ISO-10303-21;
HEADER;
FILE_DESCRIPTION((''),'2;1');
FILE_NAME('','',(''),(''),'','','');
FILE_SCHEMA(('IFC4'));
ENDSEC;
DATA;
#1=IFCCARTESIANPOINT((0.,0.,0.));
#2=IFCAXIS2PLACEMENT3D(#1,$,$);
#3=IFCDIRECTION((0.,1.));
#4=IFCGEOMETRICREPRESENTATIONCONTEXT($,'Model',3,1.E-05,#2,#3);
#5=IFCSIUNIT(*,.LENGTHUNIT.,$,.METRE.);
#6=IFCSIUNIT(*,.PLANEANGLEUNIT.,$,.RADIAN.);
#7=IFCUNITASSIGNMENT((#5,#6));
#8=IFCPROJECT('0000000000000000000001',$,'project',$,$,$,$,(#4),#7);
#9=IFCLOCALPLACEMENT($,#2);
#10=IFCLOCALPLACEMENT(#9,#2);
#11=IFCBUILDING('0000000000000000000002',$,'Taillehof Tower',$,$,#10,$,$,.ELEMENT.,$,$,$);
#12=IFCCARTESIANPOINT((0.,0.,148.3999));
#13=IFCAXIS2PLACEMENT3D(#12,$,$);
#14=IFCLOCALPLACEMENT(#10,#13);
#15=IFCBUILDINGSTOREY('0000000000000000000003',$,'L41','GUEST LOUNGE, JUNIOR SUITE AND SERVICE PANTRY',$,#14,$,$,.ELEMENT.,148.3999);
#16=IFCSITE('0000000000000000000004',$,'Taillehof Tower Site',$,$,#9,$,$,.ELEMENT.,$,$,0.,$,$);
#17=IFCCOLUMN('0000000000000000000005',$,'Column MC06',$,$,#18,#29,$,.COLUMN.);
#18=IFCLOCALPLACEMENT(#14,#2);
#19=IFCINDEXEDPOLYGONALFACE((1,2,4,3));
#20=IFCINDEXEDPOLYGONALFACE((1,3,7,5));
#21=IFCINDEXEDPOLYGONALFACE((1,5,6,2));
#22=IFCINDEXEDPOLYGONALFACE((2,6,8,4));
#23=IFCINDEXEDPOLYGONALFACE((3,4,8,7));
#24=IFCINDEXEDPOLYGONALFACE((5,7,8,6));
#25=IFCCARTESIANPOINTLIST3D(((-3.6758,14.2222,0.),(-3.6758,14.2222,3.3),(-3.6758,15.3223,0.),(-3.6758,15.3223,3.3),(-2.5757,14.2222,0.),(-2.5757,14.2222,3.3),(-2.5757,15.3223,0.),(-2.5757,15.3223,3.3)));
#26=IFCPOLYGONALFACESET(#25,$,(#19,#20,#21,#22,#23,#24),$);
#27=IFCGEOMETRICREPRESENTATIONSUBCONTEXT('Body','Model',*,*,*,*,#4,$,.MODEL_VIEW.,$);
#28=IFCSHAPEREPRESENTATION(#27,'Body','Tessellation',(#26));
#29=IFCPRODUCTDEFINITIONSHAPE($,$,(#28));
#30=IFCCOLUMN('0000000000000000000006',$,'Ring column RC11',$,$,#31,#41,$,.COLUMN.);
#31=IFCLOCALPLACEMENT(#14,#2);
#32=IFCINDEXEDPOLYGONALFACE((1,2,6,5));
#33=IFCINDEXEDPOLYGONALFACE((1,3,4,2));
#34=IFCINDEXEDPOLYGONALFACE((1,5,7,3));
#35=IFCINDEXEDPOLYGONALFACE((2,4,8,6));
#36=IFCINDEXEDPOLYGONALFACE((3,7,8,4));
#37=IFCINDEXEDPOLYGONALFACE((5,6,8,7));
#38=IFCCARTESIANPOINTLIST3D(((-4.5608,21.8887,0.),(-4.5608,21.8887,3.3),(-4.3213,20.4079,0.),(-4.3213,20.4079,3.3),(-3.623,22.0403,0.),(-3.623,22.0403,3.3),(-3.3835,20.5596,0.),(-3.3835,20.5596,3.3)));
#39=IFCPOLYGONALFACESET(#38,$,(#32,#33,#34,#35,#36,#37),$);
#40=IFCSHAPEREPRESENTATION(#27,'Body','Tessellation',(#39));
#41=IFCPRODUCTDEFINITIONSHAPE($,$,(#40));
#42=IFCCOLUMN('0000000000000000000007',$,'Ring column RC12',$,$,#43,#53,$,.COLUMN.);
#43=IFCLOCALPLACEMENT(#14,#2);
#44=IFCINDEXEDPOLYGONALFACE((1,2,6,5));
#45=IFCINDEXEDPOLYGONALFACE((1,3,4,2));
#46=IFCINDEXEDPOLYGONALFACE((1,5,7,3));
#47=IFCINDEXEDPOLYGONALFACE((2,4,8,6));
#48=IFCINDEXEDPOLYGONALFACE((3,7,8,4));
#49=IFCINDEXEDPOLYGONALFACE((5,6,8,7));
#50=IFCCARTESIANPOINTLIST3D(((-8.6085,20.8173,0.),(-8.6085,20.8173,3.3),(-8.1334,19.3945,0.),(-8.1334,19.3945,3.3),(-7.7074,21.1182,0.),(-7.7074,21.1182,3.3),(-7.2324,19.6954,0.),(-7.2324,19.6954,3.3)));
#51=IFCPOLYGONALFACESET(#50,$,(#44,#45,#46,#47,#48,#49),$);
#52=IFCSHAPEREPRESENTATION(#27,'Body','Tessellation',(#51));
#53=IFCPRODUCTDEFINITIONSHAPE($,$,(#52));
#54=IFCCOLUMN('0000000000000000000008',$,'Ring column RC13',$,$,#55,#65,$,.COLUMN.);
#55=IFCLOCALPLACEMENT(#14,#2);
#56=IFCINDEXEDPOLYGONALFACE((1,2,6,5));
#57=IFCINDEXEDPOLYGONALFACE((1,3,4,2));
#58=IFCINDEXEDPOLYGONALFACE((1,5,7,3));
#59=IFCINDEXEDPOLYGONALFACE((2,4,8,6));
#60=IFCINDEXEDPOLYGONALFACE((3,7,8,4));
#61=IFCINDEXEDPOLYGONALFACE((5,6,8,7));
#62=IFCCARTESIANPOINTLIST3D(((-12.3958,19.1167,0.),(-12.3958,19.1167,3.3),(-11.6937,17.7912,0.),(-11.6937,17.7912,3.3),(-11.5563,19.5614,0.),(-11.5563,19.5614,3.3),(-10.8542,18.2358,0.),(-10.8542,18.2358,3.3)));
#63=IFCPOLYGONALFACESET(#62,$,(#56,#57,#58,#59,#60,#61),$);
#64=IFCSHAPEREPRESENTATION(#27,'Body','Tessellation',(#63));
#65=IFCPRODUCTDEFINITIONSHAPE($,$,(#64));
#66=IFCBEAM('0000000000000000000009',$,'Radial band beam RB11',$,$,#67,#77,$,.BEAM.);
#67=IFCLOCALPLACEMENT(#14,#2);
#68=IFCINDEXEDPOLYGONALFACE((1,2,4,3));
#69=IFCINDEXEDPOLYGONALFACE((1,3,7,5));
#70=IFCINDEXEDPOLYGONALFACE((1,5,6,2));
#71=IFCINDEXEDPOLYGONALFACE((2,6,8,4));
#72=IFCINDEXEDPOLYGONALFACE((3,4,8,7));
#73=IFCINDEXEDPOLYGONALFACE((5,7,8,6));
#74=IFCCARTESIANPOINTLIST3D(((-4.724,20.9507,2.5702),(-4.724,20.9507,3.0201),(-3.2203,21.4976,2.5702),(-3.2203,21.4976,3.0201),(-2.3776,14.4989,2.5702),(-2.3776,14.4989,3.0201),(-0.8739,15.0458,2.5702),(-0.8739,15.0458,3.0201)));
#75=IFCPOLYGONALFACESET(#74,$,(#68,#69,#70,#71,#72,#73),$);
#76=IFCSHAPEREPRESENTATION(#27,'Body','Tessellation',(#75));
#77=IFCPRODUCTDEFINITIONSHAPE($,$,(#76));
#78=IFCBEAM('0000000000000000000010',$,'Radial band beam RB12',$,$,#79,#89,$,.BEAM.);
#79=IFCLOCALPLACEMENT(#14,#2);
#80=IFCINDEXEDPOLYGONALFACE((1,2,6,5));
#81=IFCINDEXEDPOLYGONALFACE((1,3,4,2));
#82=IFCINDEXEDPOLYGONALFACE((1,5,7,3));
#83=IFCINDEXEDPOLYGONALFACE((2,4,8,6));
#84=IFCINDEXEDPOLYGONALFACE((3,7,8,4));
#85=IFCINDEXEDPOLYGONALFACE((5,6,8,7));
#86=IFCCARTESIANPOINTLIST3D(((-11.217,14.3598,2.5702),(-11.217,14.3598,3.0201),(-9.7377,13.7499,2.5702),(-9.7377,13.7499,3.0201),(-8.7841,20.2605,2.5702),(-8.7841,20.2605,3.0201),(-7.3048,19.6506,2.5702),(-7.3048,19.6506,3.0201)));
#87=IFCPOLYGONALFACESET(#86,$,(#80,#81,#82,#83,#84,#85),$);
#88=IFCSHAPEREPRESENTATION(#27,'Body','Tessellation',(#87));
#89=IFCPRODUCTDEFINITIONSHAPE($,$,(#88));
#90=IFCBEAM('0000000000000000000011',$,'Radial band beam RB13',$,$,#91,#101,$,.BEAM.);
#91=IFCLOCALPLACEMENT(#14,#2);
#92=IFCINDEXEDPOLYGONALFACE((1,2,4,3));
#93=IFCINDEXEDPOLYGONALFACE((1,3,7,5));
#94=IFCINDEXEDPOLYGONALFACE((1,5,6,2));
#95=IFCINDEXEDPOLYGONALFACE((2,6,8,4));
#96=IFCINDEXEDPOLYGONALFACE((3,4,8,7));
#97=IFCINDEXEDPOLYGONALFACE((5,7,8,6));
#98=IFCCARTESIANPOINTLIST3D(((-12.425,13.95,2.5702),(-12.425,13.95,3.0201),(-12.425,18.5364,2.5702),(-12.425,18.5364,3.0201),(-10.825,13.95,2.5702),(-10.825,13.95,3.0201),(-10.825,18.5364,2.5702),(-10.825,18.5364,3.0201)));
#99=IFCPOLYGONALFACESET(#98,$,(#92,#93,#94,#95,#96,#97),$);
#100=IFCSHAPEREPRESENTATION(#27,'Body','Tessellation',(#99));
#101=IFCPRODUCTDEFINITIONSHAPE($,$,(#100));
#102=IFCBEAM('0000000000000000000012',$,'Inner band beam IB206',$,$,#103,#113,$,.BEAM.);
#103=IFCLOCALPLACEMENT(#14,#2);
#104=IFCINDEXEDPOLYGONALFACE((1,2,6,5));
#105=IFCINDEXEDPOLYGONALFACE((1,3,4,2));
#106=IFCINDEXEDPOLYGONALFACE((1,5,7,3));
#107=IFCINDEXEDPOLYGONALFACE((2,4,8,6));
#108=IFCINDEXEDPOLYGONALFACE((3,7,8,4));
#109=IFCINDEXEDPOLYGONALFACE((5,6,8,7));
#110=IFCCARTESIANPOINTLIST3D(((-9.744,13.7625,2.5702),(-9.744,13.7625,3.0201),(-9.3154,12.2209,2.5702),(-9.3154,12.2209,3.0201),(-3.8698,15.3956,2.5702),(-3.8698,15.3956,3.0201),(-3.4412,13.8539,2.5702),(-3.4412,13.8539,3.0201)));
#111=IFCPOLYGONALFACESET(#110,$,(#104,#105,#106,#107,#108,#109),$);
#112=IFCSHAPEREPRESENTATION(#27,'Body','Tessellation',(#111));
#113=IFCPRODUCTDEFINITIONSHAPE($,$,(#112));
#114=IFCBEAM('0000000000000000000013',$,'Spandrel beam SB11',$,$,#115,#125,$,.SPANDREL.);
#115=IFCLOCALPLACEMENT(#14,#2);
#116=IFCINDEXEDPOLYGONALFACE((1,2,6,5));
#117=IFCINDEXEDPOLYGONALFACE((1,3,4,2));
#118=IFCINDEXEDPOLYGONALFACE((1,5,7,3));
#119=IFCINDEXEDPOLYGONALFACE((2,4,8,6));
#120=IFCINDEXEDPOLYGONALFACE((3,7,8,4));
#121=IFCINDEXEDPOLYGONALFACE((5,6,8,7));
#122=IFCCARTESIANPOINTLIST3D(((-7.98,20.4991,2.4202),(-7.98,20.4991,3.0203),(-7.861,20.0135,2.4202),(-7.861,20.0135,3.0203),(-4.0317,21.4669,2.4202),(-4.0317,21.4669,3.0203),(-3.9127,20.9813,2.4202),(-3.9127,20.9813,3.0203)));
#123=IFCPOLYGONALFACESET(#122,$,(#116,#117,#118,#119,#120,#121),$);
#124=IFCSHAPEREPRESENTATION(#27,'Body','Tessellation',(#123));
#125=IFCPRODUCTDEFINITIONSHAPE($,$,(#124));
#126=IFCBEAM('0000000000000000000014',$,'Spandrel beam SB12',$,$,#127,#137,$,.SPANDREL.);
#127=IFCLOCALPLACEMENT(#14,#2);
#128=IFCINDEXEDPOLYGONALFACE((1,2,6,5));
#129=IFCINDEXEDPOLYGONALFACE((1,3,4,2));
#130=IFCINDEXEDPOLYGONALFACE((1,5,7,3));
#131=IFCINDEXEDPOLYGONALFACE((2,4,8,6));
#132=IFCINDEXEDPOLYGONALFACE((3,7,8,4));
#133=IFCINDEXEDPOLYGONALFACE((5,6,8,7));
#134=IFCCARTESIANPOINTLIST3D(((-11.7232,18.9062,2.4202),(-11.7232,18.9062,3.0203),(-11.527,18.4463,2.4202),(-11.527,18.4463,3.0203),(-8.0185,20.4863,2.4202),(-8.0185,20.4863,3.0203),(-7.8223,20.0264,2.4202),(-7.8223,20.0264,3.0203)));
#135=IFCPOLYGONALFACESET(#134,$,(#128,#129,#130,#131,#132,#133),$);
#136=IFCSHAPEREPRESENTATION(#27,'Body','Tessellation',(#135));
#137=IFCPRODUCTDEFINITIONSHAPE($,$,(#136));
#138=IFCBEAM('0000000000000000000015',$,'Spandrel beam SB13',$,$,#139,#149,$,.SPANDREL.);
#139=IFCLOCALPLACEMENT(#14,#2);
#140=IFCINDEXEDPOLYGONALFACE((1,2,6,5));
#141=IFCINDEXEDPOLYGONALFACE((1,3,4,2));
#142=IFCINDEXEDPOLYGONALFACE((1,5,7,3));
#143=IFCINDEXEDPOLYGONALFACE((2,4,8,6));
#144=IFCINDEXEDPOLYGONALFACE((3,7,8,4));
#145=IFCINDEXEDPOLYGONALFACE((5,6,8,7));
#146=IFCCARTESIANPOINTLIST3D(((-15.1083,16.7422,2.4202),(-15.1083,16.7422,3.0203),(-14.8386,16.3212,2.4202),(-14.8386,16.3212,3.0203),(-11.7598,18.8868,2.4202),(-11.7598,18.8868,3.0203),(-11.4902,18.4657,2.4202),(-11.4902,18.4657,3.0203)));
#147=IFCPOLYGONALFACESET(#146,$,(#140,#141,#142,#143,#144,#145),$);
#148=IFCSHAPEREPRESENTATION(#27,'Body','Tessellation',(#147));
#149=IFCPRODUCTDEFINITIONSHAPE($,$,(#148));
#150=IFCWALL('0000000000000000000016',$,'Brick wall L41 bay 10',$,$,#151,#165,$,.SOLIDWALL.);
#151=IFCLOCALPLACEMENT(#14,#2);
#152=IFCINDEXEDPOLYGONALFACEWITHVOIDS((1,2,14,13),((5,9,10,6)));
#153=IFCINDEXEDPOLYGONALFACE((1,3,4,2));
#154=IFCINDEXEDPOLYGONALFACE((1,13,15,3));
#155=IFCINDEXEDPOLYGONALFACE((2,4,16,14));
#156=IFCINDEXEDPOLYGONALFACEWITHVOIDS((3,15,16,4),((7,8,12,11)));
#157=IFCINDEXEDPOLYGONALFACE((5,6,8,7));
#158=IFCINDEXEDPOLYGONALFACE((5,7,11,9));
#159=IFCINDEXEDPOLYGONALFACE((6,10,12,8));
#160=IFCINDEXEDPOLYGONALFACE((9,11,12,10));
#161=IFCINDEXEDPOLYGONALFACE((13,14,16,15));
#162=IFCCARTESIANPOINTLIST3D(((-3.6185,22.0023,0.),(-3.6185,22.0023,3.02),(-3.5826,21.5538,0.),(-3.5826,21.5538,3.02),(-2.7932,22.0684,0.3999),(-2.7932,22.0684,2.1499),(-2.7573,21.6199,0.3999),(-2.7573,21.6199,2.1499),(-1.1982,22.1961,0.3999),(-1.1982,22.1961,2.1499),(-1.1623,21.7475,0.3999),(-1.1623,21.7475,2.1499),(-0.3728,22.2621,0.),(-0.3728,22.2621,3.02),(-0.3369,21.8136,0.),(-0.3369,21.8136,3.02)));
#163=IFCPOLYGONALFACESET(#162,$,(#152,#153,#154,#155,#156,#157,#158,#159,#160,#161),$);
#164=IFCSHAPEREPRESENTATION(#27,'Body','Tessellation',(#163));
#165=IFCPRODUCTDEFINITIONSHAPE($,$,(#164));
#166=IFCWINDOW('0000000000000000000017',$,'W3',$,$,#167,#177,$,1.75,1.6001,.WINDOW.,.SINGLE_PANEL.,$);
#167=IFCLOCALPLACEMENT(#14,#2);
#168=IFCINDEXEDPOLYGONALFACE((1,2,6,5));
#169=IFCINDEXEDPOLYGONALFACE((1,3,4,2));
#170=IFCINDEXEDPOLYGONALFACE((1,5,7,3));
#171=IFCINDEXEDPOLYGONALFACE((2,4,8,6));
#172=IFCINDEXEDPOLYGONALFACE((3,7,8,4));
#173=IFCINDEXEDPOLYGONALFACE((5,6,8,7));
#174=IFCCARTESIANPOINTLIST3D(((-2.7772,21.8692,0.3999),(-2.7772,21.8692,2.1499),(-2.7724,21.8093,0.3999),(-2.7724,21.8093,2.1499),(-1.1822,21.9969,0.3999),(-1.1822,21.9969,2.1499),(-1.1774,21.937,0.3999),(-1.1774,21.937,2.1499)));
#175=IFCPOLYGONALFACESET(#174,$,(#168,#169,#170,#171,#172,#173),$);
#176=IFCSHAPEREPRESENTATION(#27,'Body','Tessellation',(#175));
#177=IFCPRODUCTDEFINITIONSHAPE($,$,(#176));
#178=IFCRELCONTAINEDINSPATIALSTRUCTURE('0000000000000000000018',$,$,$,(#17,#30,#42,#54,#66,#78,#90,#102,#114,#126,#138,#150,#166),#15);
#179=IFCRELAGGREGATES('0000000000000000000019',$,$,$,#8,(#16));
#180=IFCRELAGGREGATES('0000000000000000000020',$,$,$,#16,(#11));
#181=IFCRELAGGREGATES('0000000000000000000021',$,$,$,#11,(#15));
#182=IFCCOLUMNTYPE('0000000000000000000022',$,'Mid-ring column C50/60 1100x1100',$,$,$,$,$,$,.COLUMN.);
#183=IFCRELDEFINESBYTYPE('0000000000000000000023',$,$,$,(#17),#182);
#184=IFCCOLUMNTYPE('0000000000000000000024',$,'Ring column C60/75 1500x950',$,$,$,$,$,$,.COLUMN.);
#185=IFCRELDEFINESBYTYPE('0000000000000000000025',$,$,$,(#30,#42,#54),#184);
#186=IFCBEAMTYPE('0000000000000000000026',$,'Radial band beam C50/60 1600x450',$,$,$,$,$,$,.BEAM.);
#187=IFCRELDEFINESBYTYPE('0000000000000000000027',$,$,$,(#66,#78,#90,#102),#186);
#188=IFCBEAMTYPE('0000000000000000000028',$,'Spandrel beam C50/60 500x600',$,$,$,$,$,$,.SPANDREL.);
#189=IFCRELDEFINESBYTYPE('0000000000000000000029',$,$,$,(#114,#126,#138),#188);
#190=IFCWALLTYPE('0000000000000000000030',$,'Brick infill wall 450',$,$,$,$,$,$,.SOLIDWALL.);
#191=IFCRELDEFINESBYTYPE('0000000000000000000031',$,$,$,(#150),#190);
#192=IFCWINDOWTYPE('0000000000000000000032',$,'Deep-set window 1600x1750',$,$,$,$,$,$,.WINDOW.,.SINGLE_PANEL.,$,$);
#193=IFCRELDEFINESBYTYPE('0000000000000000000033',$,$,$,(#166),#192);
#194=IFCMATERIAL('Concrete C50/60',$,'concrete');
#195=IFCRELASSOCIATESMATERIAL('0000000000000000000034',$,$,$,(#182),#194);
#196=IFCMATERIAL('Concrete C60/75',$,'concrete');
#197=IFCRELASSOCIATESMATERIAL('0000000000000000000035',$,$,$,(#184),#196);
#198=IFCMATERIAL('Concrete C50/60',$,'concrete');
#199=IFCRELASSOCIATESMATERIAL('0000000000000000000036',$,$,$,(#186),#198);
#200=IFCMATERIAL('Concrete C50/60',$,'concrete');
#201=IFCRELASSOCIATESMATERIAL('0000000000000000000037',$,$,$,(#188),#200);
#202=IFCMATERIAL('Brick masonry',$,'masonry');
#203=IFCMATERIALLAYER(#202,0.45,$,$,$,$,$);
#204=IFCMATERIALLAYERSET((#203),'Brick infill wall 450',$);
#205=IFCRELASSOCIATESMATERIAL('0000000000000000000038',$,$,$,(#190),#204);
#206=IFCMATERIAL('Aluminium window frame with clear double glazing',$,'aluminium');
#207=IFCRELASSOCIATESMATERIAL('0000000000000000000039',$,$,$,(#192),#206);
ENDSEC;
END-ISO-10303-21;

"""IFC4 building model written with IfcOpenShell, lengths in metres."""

from ifc_helpers import new_model, si_unit, direction, frame, frame_2d, origin, origin_2d, place, context, subcontext, project, spatial, rectangle, extrude, material, layer, layer_set, material_profile, profile_set, type_object, element, fill, save


model = new_model("IFC4")

# Units and contexts
model_context = context("Model", 3, precision=1e-05, world=origin(), true_north=direction((0.0, 1.0)))
body_context = subcontext(model_context, "Body", "Model", "MODEL_VIEW")
ifc_project = project(units=[si_unit("LENGTHUNIT", "METRE"), si_unit("PLANEANGLEUNIT", "RADIAN")], contexts=[model_context])

# Site, building, storey
site_placement = place(None, origin())
site = spatial("IfcSite", under=ifc_project, at=site_placement, Name="Taillehof Tower Site", CompositionType="ELEMENT", RefElevation=0.0)
building_placement = place(site_placement, origin())
building = spatial("IfcBuilding", under=site, at=building_placement, Name="Taillehof Tower", CompositionType="ELEMENT")
storey_placement = place(building_placement, frame((0.0, 0.0, 148.3999)))
storey = spatial("IfcBuildingStorey", under=building, at=storey_placement, Name="L41", Description="GUEST LOUNGE, JUNIOR SUITE AND SERVICE PANTRY", CompositionType="ELEMENT", Elevation=148.3999)

# Columns
ifc_material_1 = material(Name="Concrete C50/60", Category="concrete")
ifc_material_profile_1 = material_profile(ifc_material_1, rectangle(XDim=1.1001, YDim=1.1001, at=origin_2d()), Name="RC 1100x1100")
ifc_profile_set_1 = profile_set([ifc_material_profile_1], Name="Concrete C50/60")
column_type_1 = type_object("IfcColumnType", Name="Mid-ring column C50/60 1100x1100", PredefinedType="COLUMN", material=ifc_profile_set_1)
column_placement = place(storey_placement, frame((-3.1257, 14.7722, 0.0), z_axis=(0.0, 0.0, 1.0), x_axis=(1.0, 0.0, 0.0)))
element("IfcColumn", 1, at=column_placement, inside=storey, type_object=column_type_1, Name="Column MC06", PredefinedType="COLUMN", context=body_context, shape_type="SweptSolid", body=[
    extrude(rectangle(XDim=1.1001, YDim=1.1001, at=origin_2d()), origin(), (0.0, 0.0, 1.0), 3.3),
])
ifc_material_2 = material(Name="Concrete C60/75", Category="concrete")
ifc_material_profile_2 = material_profile(ifc_material_2, rectangle(XDim=1.5, YDim=0.95, at=origin_2d()), Name="RC 1500x950")
ifc_profile_set_2 = profile_set([ifc_material_profile_2], Name="Concrete C60/75")
column_type_2 = type_object("IfcColumnType", Name="Ring column C60/75 1500x950", PredefinedType="COLUMN", material=ifc_profile_set_2)
for number, where, z_axis, x_axis, name in (
    (2, (-3.9722, 21.2241, 0.0), (0.0, 0.0, 1.0), (-0.159679, 0.987169, 0.0), "Ring column RC11"),
    (3, (-7.9204, 20.2563, 0.0), (0.0, 0.0, 1.0), (-0.316703, 0.948525, 0.0), "Ring column RC12"),
    (4, (-11.625, 18.6763, 0.0), (0.0, 0.0, 1.0), (-0.468042, 0.883706, 0.0), "Ring column RC13"),
):
    element("IfcColumn", number, at=place(storey_placement, frame(where, z_axis=z_axis, x_axis=x_axis)), inside=storey, type_object=column_type_2, Name=name, PredefinedType="COLUMN", context=body_context, shape_type="SweptSolid", body=[
        extrude(rectangle(XDim=1.5, YDim=0.95, at=origin_2d()), origin(), (0.0, 0.0, 1.0), 3.3),
    ])

# Beams
ifc_material_3 = material(Name="Concrete C50/60", Category="concrete")
ifc_material_profile_3 = material_profile(ifc_material_3, rectangle(XDim=1.6001, YDim=0.45, at=origin_2d()), Name="RC 1600x450")
ifc_profile_set_3 = profile_set([ifc_material_profile_3], Name="Concrete C50/60")
beam_type_1 = type_object("IfcBeamType", Name="Radial band beam C50/60 1600x450", PredefinedType="BEAM", material=ifc_profile_set_3)
beam_1_placement = place(storey_placement, frame((-3.9722, 21.2241, 2.7952), z_axis=(0.34178, -0.93978, 0.0), x_axis=(0.93978, 0.34178, 0.0)))
element("IfcBeam", 5, at=beam_1_placement, inside=storey, type_object=beam_type_1, Name="Radial band beam RB11", PredefinedType="BEAM", context=body_context, shape_type="SweptSolid", body=[
    extrude(rectangle(XDim=1.6001, YDim=0.45, at=origin_2d()), origin(), (0.0, 0.0, 1.0), 6.8652),
])
beam_2_placement = place(storey_placement, frame((-8.0444, 19.9556, 2.7952), z_axis=(-0.381177, -0.924502, 0.0), x_axis=(0.924502, -0.381177, 0.0)))
element("IfcBeam", 6, at=beam_2_placement, inside=storey, type_object=beam_type_1, Name="Radial band beam RB12", PredefinedType="BEAM", context=body_context, shape_type="SweptSolid", body=[
    extrude(rectangle(XDim=1.6001, YDim=0.45, at=origin_2d()), origin(), (0.0, 0.0, 1.0), 6.3826),
])
beam_3_placement = place(storey_placement, frame((-11.625, 18.5364, 2.7952), z_axis=(0.0, -1.0, 0.0), x_axis=(1.0, 0.0, 0.0)))
element("IfcBeam", 7, at=beam_3_placement, inside=storey, type_object=beam_type_1, Name="Radial band beam RB13", PredefinedType="BEAM", context=body_context, shape_type="SweptSolid", body=[
    extrude(rectangle(XDim=1.6001, YDim=0.45, at=origin_2d()), origin(), (0.0, 0.0, 1.0), 4.5864),
])
beam_4_placement = place(storey_placement, frame((-3.6555, 14.6248, 2.7952), z_axis=(-0.963459, -0.267855, 0.0), x_axis=(0.267855, -0.963459, 0.0)))
element("IfcBeam", 8, at=beam_4_placement, inside=storey, type_object=beam_type_1, Name="Inner band beam IB206", PredefinedType="BEAM", context=body_context, shape_type="SweptSolid", body=[
    extrude(rectangle(XDim=1.6001, YDim=0.45, at=origin_2d()), origin(), (0.0, 0.0, 1.0), 6.0969),
])
ifc_material_4 = material(Name="Concrete C50/60", Category="concrete")
ifc_material_profile_4 = material_profile(ifc_material_4, rectangle(XDim=0.5, YDim=0.6001, at=origin_2d()), Name="RC 500x600")
ifc_profile_set_4 = profile_set([ifc_material_profile_4], Name="Concrete C50/60")
beam_type_2 = type_object("IfcBeamType", Name="Spandrel beam C50/60 500x600", PredefinedType="SPANDREL", material=ifc_profile_set_4)
beam_5_placement = place(storey_placement, frame((-3.9722, 21.2241, 2.7202), z_axis=(-0.971249, -0.238068, 0.0), x_axis=(0.238068, -0.971249, 0.0)))
element("IfcBeam", 9, at=beam_5_placement, inside=storey, type_object=beam_type_2, Name="Spandrel beam SB11", PredefinedType="SPANDREL", context=body_context, shape_type="SweptSolid", body=[
    extrude(rectangle(XDim=0.5, YDim=0.6001, at=origin_2d()), origin(), (0.0, 0.0, 1.0), 4.0652),
])
beam_6_placement = place(storey_placement, frame((-7.9204, 20.2563, 2.7202), z_axis=(-0.919827, -0.392324, 0.0), x_axis=(0.392324, -0.919827, 0.0)))
element("IfcBeam", 10, at=beam_6_placement, inside=storey, type_object=beam_type_2, Name="Spandrel beam SB12", PredefinedType="SPANDREL", context=body_context, shape_type="SweptSolid", body=[
    extrude(rectangle(XDim=0.5, YDim=0.6001, at=origin_2d()), origin(), (0.0, 0.0, 1.0), 4.0276),
])
beam_7_placement = place(storey_placement, frame((-11.625, 18.6763, 2.7202), z_axis=(-0.842093, -0.539332, 0.0), x_axis=(0.539332, -0.842093, 0.0)))
element("IfcBeam", 11, at=beam_7_placement, inside=storey, type_object=beam_type_2, Name="Spandrel beam SB13", PredefinedType="SPANDREL", context=body_context, shape_type="SweptSolid", body=[
    extrude(rectangle(XDim=0.5, YDim=0.6001, at=origin_2d()), origin(), (0.0, 0.0, 1.0), 3.9763),
])

# Wall, opening, window
ifc_material_5 = material(Name="Brick masonry", Category="masonry")
ifc_layer_1 = layer(ifc_material_5, 0.45)
ifc_layer_set_1 = layer_set([ifc_layer_1], Name="Brick infill wall 450")
wall_type_1 = type_object("IfcWallType", Name="Brick infill wall 450", PredefinedType="SOLIDWALL", material=ifc_layer_set_1)
wall_1_placement = place(storey_placement, frame((-0.355, 22.0378, 0.0), z_axis=(0.0, 0.0, 1.0), x_axis=(-0.996812, -0.079781, 0.0)))
wall_1 = element("IfcWall", 12, at=wall_1_placement, inside=storey, type_object=wall_type_1, Name="Brick wall L41 bay 10", PredefinedType="SOLIDWALL", context=body_context, shape_type="SweptSolid", body=[
    extrude(rectangle(XDim=3.2561, YDim=0.45, at=frame_2d((1.6279, 0.0))), origin(), (0.0, 0.0, 1.0), 3.02),
])
opening_1_placement = place(wall_1_placement, frame((0.8279, 0.0, 0.3999)))
opening_1 = element("IfcOpeningElement", 13, at=opening_1_placement, cuts=wall_1, PredefinedType="OPENING", context=body_context, shape_type="SweptSolid", body=[
    extrude(rectangle(XDim=1.6001, YDim=1.75, at=frame_2d((0.8, 0.875))), frame((0.0, 0.2349, 0.0), z_axis=(0.0, -1.0, 0.0), x_axis=(1.0, 0.0, 0.0)), (0.0, 0.0, 1.0), 0.47),
])
ifc_material_6 = material(Name="Aluminium window frame with clear double glazing", Category="aluminium")
window_type = type_object("IfcWindowType", Name="Deep-set window 1600x1750", PartitioningType="SINGLE_PANEL", PredefinedType="WINDOW", material=ifc_material_6)
window_1_placement = place(opening_1_placement, origin())
window_1 = element("IfcWindow", 14, at=window_1_placement, inside=storey, type_object=window_type, Name="W3", OverallHeight=1.75, OverallWidth=1.6001, PartitioningType="SINGLE_PANEL", PredefinedType="WINDOW", context=body_context, shape_type="SweptSolid", body=[
    extrude(rectangle(XDim=1.6001, YDim=1.75, at=frame_2d((0.8, 0.875))), frame((0.0, 0.0349, 0.0), z_axis=(0.0, -1.0, 0.0), x_axis=(1.0, 0.0, 0.0)), (0.0, 0.0, 1.0), 0.0601),
])
fill(opening_1, window_1)

save(model, "model.ifc")
